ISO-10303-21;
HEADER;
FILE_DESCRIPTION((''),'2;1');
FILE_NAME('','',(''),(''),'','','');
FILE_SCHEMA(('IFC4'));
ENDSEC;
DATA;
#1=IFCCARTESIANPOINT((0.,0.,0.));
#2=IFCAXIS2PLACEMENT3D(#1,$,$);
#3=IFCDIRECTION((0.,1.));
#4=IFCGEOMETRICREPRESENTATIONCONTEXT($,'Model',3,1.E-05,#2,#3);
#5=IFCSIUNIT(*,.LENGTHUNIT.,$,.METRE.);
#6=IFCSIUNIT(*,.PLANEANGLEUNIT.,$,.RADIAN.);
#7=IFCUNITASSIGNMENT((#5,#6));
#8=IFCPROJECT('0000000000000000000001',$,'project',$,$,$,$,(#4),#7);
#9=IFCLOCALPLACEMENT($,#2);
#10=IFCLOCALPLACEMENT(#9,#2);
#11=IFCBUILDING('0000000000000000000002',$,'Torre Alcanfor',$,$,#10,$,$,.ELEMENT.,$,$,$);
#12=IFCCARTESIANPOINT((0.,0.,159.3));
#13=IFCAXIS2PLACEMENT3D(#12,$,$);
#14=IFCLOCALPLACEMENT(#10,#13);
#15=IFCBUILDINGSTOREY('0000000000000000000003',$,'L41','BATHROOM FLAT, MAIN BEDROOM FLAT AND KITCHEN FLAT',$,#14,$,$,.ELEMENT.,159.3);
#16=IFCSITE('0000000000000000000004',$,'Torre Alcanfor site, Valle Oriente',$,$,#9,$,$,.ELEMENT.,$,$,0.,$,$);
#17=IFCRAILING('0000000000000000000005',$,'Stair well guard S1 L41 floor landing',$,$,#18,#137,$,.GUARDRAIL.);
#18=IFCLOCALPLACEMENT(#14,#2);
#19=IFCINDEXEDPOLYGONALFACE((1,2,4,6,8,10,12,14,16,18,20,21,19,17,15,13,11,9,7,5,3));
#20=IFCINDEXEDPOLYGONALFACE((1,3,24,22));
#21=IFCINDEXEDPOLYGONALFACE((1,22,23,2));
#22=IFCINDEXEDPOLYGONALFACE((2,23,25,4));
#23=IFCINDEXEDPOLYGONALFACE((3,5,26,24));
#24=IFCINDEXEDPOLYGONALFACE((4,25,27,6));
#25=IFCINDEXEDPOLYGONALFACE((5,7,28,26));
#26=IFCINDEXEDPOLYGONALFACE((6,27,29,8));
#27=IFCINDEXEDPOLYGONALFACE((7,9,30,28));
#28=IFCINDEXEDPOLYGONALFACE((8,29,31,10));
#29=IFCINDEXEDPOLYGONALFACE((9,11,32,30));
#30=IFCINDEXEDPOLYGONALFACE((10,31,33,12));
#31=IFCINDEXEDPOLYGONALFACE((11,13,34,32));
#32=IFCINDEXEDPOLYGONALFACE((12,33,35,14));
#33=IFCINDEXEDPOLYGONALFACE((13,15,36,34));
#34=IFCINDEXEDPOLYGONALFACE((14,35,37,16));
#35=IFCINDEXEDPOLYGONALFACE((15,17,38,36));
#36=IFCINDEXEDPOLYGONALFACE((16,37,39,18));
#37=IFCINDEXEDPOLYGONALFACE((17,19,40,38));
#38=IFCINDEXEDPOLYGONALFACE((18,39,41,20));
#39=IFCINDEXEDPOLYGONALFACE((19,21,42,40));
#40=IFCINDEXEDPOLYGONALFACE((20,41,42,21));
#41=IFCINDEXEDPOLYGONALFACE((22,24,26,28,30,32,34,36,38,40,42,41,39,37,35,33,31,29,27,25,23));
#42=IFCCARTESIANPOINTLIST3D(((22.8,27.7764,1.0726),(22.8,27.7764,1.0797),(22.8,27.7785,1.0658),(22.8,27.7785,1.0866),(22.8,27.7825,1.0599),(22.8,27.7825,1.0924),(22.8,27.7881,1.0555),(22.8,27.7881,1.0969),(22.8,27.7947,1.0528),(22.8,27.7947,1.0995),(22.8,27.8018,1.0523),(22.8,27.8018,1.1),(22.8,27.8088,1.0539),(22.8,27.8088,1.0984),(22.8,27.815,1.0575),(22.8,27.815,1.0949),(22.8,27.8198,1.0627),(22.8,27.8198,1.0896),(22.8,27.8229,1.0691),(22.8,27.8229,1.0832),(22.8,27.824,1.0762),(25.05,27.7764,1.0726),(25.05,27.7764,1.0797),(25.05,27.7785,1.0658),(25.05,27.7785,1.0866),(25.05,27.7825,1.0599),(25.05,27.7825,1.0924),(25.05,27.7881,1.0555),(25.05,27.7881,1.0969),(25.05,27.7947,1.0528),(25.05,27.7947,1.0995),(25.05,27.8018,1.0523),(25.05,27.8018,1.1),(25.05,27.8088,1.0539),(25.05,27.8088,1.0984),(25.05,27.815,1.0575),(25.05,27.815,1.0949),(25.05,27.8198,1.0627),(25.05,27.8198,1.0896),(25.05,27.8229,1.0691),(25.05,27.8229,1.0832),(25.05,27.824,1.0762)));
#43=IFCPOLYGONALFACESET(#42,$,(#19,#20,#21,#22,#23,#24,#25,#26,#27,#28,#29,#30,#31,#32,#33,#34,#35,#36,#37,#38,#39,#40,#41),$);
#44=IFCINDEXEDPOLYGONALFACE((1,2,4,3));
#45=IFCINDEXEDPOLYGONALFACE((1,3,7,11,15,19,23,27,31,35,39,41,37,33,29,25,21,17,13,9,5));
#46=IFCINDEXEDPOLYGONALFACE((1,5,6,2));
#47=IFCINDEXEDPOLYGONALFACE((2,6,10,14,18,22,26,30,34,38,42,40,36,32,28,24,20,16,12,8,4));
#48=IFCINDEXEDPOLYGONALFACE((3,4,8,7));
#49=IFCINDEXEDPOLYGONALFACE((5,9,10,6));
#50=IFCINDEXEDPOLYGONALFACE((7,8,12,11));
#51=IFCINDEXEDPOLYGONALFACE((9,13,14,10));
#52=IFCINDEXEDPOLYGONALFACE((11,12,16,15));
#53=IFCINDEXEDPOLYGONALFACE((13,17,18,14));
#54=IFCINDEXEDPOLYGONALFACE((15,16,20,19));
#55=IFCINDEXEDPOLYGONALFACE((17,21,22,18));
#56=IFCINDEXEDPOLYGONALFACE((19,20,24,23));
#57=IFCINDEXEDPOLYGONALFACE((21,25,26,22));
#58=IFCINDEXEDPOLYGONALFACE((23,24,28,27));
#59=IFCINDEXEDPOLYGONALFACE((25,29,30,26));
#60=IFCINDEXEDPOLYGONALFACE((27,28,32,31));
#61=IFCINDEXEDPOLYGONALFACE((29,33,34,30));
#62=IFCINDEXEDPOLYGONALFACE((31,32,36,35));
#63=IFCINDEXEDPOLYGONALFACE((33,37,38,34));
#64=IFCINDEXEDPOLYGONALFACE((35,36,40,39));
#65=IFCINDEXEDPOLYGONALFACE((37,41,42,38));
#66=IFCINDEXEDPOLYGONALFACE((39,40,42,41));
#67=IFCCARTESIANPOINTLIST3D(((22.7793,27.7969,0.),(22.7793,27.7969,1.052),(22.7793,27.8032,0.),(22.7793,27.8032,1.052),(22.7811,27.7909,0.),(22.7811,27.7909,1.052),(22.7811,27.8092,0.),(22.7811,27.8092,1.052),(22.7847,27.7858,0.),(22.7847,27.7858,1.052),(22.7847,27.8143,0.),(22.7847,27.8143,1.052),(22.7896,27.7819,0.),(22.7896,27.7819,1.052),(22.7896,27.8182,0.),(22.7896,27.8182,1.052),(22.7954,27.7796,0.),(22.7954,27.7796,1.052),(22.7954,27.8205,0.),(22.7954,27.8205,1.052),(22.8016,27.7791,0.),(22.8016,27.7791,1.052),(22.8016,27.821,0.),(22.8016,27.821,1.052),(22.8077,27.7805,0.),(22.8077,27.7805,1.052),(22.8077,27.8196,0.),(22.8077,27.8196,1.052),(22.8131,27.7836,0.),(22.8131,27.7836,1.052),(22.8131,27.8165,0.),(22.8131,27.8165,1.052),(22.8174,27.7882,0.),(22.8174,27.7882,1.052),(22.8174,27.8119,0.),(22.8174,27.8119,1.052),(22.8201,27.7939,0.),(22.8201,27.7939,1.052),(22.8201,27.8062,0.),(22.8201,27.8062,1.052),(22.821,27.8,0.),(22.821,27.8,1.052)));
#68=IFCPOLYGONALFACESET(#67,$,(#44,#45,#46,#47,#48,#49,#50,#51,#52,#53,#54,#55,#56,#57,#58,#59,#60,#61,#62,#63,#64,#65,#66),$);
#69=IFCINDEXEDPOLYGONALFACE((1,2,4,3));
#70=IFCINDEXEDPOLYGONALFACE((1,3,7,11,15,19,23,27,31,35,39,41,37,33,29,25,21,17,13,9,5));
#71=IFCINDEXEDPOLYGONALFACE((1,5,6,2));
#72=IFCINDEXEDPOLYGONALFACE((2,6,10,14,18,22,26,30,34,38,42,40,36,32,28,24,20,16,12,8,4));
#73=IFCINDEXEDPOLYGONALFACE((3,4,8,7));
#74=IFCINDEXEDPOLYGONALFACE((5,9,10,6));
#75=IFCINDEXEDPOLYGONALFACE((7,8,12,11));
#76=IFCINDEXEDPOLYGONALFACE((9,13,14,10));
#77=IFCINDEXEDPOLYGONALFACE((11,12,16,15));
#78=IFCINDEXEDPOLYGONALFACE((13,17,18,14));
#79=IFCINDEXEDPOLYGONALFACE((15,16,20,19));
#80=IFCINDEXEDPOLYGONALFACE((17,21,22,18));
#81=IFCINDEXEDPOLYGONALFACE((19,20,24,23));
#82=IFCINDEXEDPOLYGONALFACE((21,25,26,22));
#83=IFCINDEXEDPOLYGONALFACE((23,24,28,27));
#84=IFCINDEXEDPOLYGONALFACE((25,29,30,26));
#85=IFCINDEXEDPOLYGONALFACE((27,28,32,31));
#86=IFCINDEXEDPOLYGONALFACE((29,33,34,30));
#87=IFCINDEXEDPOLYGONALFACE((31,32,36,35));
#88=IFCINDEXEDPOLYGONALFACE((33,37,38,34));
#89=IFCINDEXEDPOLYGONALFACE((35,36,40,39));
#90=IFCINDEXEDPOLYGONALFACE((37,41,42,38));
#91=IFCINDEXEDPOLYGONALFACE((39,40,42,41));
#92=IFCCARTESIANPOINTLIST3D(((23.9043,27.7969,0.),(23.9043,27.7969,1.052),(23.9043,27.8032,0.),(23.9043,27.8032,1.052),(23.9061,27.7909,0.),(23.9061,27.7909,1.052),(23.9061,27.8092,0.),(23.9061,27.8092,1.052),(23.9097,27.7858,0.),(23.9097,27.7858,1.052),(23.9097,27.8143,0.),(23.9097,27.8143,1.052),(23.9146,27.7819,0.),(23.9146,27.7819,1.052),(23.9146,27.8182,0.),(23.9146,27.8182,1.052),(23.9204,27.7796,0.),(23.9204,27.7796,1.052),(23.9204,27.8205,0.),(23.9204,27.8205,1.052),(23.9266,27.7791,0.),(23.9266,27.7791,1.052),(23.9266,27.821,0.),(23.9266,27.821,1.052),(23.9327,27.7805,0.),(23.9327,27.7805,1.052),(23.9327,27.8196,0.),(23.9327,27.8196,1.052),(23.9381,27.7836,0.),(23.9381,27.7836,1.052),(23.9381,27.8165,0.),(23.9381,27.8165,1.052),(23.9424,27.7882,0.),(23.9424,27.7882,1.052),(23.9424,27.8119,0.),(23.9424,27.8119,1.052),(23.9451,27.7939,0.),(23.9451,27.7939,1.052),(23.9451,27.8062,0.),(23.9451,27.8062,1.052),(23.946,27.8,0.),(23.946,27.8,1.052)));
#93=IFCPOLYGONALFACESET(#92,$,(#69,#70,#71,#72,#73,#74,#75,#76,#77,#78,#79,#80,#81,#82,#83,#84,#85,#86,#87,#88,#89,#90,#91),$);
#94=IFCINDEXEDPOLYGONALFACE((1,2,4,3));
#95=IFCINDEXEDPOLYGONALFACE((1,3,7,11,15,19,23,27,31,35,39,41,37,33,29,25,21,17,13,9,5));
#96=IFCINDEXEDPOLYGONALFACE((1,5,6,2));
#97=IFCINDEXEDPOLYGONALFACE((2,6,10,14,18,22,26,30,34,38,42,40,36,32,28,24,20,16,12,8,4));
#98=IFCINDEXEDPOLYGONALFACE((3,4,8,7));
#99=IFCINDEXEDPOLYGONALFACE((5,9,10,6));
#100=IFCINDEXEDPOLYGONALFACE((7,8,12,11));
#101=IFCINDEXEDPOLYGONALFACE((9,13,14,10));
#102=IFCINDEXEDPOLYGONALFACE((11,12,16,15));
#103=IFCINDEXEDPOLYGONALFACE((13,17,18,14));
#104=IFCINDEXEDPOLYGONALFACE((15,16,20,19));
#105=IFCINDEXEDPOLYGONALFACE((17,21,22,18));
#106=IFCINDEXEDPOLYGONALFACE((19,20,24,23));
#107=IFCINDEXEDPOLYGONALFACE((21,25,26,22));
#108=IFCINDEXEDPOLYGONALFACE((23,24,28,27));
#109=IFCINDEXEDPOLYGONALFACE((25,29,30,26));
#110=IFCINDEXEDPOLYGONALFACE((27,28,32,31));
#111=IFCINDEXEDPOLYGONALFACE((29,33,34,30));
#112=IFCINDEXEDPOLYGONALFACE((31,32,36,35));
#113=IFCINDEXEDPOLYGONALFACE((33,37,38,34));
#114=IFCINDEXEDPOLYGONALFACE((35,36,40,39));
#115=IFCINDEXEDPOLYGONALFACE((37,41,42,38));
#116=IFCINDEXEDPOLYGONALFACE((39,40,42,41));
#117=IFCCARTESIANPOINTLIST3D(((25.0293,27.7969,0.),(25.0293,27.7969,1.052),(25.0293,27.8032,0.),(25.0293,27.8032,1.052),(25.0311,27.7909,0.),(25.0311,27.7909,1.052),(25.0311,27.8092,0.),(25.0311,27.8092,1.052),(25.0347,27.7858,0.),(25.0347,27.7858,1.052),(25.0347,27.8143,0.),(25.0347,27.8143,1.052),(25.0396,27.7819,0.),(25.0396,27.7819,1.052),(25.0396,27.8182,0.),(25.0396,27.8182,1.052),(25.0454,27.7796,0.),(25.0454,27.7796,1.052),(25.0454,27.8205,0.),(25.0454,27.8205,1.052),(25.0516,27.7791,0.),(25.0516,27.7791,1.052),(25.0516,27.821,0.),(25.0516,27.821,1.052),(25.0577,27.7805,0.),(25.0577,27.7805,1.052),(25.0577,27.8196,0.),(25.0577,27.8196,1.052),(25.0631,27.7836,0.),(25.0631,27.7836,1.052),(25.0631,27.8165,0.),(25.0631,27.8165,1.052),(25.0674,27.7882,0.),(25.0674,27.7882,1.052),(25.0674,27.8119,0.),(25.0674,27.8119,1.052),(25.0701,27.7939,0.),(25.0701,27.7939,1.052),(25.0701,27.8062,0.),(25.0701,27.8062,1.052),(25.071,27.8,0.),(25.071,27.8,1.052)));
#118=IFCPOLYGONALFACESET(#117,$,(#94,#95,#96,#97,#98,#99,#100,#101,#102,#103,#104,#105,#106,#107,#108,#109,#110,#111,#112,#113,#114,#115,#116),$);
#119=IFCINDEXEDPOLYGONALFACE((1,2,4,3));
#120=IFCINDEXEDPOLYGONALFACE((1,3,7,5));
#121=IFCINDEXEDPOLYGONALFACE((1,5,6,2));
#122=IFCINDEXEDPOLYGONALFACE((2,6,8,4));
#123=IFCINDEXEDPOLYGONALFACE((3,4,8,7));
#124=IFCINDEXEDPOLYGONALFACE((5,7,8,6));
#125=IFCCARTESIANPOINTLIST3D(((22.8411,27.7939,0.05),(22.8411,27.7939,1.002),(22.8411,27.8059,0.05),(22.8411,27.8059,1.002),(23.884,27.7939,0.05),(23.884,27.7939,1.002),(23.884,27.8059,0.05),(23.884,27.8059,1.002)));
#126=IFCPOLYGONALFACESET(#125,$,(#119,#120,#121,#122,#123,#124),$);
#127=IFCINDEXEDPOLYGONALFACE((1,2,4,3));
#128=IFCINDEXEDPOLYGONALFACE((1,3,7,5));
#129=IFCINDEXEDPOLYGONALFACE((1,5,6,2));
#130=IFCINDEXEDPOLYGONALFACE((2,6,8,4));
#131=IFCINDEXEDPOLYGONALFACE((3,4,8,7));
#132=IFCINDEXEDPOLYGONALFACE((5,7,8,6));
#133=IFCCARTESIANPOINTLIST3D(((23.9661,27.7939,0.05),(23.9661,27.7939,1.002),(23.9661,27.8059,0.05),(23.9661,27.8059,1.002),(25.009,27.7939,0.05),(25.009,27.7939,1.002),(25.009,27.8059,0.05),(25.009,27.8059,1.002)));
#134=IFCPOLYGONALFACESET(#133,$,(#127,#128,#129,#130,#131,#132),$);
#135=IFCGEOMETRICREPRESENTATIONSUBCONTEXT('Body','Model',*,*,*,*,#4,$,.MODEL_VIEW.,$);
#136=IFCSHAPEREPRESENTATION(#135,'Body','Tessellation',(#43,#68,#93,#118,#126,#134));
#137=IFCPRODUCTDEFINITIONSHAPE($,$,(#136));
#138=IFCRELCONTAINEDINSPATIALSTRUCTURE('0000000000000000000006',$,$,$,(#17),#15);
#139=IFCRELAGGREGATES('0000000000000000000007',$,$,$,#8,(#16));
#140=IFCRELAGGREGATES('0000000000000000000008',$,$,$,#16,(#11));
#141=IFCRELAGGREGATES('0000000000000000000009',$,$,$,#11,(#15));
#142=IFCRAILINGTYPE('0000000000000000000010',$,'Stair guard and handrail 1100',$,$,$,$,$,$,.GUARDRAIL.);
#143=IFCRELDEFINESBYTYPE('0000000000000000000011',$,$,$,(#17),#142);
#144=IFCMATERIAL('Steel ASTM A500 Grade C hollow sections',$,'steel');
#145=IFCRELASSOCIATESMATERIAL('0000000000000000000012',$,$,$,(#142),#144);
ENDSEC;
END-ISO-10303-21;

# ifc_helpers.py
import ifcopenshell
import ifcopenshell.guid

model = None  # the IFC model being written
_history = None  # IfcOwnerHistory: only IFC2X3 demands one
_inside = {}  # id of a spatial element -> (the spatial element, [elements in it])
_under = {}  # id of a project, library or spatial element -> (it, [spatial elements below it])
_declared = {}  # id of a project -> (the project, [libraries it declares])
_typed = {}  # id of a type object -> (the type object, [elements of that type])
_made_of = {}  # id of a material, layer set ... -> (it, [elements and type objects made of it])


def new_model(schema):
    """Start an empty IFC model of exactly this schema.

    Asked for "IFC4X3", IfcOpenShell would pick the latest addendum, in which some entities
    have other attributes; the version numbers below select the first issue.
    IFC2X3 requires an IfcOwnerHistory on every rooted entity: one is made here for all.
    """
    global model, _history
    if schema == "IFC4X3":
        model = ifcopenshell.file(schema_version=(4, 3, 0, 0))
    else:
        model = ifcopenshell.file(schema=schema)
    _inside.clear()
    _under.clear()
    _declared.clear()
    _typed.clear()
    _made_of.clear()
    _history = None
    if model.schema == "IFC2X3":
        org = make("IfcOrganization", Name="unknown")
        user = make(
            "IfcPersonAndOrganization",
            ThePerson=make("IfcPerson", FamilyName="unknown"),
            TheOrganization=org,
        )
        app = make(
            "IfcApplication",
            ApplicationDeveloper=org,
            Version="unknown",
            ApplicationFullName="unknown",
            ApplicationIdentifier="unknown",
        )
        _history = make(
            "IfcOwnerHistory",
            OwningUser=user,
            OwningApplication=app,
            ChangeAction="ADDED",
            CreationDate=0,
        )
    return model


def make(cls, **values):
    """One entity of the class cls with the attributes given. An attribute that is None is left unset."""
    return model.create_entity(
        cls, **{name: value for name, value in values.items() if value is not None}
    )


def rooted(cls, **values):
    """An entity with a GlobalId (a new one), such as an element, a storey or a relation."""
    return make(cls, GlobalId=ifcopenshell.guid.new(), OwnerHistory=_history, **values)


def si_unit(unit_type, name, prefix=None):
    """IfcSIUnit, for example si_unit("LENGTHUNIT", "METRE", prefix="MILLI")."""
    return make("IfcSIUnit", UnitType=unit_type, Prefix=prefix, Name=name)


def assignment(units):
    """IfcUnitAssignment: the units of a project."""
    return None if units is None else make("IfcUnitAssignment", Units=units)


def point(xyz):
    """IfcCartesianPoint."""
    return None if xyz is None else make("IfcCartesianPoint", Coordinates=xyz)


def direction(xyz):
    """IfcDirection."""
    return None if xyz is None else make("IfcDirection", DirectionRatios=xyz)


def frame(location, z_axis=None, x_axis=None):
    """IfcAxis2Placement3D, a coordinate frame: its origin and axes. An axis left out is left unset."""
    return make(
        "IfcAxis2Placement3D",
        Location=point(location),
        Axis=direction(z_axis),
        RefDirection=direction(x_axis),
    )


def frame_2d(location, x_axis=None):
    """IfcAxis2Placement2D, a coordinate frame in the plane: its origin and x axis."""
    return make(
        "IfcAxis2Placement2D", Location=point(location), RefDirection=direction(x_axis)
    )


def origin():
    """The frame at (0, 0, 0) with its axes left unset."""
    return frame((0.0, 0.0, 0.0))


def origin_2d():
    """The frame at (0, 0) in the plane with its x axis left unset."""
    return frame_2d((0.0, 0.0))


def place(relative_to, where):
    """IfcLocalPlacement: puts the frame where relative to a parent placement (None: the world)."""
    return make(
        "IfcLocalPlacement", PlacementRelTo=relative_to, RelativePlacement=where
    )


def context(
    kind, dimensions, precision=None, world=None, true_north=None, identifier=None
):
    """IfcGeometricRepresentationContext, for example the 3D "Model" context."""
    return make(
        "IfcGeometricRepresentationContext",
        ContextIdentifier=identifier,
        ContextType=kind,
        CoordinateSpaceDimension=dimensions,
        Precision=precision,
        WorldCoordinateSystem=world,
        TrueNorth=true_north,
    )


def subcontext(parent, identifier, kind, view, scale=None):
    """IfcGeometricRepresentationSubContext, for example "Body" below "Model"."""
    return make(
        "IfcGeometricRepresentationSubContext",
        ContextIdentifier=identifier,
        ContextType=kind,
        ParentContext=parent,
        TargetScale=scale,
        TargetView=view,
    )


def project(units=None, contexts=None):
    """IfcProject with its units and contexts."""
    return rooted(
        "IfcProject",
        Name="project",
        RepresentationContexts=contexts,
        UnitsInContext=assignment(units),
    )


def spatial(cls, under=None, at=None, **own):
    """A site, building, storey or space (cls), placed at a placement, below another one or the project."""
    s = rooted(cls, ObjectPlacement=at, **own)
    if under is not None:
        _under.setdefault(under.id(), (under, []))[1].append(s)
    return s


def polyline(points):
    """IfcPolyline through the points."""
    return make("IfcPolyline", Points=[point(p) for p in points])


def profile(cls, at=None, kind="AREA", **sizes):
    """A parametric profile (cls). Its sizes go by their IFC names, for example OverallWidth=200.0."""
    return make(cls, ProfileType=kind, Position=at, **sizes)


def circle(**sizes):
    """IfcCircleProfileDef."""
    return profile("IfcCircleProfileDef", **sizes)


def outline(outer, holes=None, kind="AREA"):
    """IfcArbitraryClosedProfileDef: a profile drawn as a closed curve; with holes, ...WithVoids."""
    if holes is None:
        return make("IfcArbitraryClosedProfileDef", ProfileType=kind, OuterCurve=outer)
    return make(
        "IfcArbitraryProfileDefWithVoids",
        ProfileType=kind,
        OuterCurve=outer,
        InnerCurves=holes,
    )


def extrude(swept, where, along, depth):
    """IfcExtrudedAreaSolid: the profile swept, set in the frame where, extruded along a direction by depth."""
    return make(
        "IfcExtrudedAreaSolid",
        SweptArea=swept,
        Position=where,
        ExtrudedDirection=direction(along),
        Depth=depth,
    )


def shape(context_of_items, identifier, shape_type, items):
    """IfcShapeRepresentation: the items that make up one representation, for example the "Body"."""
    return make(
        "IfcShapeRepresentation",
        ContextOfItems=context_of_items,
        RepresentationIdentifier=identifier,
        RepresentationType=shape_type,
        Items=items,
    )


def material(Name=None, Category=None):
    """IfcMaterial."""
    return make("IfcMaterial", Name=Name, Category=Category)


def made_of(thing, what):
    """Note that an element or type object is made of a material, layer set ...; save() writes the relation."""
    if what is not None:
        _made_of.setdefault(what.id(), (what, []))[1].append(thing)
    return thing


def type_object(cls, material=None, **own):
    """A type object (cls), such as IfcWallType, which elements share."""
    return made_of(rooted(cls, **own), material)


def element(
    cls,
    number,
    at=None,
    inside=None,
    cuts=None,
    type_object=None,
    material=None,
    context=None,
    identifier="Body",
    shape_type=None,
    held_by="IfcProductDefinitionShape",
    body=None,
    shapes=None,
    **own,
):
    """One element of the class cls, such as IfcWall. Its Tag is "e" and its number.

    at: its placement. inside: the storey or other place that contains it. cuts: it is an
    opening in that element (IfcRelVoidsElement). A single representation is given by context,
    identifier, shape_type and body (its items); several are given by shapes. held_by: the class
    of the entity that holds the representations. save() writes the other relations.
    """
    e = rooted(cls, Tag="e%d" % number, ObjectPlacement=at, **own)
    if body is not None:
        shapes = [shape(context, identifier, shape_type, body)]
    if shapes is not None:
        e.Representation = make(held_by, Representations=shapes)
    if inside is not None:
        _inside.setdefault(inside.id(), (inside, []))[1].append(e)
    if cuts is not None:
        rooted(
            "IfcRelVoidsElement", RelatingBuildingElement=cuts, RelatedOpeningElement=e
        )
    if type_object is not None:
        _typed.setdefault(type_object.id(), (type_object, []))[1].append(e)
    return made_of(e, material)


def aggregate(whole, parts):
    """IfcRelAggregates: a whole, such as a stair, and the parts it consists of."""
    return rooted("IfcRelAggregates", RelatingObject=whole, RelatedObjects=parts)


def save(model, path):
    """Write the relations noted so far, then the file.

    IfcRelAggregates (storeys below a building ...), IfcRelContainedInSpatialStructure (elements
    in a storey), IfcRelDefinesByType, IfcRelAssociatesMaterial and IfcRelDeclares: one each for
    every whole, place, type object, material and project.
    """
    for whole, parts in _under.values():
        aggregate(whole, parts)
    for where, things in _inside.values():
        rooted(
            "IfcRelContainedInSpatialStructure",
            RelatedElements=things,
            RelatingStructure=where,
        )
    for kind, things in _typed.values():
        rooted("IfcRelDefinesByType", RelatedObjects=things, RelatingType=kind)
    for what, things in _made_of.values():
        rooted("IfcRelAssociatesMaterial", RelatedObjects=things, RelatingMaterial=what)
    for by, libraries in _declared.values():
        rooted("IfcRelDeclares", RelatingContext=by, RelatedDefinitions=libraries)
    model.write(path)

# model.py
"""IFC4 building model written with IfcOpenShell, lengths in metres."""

from ifc_helpers import new_model, si_unit, direction, frame, origin, origin_2d, place, context, subcontext, project, spatial, polyline, circle, outline, extrude, material, type_object, element, save


model = new_model("IFC4")

# Units and contexts
model_context = context("Model", 3, precision=1e-05, world=origin(), true_north=direction((0.0, 1.0)))
body_context = subcontext(model_context, "Body", "Model", "MODEL_VIEW")
ifc_project = project(units=[si_unit("LENGTHUNIT", "METRE"), si_unit("PLANEANGLEUNIT", "RADIAN")], contexts=[model_context])

# Site, building, storey
site_placement = place(None, origin())
site = spatial("IfcSite", under=ifc_project, at=site_placement, Name="Torre Alcanfor site, Valle Oriente", CompositionType="ELEMENT", RefElevation=0.0)
building_placement = place(site_placement, origin())
building = spatial("IfcBuilding", under=site, at=building_placement, Name="Torre Alcanfor", CompositionType="ELEMENT")
storey_placement = place(building_placement, frame((0.0, 0.0, 159.3)))
storey = spatial("IfcBuildingStorey", under=building, at=storey_placement, Name="L41", Description="BATHROOM FLAT, MAIN BEDROOM FLAT AND KITCHEN FLAT", CompositionType="ELEMENT", Elevation=159.3)

# Railing
ifc_material_1 = material(Name="Steel ASTM A500 Grade C hollow sections", Category="steel")
railing_type_1 = type_object("IfcRailingType", Name="Stair guard and handrail 1100", PredefinedType="GUARDRAIL", material=ifc_material_1)
railing_1_placement = place(storey_placement, frame((22.8, 27.8, 0.0)))
element("IfcRailing", 1, at=railing_1_placement, inside=storey, type_object=railing_type_1, Name="Stair well guard S1 L41 floor landing", PredefinedType="GUARDRAIL", context=body_context, shape_type="SweptSolid", body=[
    extrude(circle(Radius=0.0239, at=origin_2d()), frame((0.0, 0.0, 1.0762), z_axis=(1.0, 0.0, 0.0), x_axis=(0.0, 1.0, 0.0)), (0.0, 0.0, 1.0), 2.25),
    extrude(circle(Radius=0.021, at=origin_2d()), origin(), (0.0, 0.0, 1.0), 1.052),
    extrude(circle(Radius=0.021, at=origin_2d()), frame((1.125, 0.0, 0.0)), (0.0, 0.0, 1.0), 1.052),
    extrude(circle(Radius=0.021, at=origin_2d()), frame((2.25, 0.0, 0.0)), (0.0, 0.0, 1.0), 1.052),
    extrude(outline(polyline([(0.041, 0.05), (1.084, 0.05), (1.084, 1.002), (0.041, 1.002), (0.041, 0.05)])), frame((0.0, 0.0059, 0.0), z_axis=(0.0, -1.0, 0.0), x_axis=(1.0, 0.0, 0.0)), (0.0, 0.0, 1.0), 0.012),
    extrude(outline(polyline([(1.166, 0.05), (2.209, 0.05), (2.209, 1.002), (1.166, 1.002), (1.166, 0.05)])), frame((0.0, 0.0059, 0.0), z_axis=(0.0, -1.0, 0.0), x_axis=(1.0, 0.0, 0.0)), (0.0, 0.0, 1.0), 0.012),
])

save(model, "model.ifc")
